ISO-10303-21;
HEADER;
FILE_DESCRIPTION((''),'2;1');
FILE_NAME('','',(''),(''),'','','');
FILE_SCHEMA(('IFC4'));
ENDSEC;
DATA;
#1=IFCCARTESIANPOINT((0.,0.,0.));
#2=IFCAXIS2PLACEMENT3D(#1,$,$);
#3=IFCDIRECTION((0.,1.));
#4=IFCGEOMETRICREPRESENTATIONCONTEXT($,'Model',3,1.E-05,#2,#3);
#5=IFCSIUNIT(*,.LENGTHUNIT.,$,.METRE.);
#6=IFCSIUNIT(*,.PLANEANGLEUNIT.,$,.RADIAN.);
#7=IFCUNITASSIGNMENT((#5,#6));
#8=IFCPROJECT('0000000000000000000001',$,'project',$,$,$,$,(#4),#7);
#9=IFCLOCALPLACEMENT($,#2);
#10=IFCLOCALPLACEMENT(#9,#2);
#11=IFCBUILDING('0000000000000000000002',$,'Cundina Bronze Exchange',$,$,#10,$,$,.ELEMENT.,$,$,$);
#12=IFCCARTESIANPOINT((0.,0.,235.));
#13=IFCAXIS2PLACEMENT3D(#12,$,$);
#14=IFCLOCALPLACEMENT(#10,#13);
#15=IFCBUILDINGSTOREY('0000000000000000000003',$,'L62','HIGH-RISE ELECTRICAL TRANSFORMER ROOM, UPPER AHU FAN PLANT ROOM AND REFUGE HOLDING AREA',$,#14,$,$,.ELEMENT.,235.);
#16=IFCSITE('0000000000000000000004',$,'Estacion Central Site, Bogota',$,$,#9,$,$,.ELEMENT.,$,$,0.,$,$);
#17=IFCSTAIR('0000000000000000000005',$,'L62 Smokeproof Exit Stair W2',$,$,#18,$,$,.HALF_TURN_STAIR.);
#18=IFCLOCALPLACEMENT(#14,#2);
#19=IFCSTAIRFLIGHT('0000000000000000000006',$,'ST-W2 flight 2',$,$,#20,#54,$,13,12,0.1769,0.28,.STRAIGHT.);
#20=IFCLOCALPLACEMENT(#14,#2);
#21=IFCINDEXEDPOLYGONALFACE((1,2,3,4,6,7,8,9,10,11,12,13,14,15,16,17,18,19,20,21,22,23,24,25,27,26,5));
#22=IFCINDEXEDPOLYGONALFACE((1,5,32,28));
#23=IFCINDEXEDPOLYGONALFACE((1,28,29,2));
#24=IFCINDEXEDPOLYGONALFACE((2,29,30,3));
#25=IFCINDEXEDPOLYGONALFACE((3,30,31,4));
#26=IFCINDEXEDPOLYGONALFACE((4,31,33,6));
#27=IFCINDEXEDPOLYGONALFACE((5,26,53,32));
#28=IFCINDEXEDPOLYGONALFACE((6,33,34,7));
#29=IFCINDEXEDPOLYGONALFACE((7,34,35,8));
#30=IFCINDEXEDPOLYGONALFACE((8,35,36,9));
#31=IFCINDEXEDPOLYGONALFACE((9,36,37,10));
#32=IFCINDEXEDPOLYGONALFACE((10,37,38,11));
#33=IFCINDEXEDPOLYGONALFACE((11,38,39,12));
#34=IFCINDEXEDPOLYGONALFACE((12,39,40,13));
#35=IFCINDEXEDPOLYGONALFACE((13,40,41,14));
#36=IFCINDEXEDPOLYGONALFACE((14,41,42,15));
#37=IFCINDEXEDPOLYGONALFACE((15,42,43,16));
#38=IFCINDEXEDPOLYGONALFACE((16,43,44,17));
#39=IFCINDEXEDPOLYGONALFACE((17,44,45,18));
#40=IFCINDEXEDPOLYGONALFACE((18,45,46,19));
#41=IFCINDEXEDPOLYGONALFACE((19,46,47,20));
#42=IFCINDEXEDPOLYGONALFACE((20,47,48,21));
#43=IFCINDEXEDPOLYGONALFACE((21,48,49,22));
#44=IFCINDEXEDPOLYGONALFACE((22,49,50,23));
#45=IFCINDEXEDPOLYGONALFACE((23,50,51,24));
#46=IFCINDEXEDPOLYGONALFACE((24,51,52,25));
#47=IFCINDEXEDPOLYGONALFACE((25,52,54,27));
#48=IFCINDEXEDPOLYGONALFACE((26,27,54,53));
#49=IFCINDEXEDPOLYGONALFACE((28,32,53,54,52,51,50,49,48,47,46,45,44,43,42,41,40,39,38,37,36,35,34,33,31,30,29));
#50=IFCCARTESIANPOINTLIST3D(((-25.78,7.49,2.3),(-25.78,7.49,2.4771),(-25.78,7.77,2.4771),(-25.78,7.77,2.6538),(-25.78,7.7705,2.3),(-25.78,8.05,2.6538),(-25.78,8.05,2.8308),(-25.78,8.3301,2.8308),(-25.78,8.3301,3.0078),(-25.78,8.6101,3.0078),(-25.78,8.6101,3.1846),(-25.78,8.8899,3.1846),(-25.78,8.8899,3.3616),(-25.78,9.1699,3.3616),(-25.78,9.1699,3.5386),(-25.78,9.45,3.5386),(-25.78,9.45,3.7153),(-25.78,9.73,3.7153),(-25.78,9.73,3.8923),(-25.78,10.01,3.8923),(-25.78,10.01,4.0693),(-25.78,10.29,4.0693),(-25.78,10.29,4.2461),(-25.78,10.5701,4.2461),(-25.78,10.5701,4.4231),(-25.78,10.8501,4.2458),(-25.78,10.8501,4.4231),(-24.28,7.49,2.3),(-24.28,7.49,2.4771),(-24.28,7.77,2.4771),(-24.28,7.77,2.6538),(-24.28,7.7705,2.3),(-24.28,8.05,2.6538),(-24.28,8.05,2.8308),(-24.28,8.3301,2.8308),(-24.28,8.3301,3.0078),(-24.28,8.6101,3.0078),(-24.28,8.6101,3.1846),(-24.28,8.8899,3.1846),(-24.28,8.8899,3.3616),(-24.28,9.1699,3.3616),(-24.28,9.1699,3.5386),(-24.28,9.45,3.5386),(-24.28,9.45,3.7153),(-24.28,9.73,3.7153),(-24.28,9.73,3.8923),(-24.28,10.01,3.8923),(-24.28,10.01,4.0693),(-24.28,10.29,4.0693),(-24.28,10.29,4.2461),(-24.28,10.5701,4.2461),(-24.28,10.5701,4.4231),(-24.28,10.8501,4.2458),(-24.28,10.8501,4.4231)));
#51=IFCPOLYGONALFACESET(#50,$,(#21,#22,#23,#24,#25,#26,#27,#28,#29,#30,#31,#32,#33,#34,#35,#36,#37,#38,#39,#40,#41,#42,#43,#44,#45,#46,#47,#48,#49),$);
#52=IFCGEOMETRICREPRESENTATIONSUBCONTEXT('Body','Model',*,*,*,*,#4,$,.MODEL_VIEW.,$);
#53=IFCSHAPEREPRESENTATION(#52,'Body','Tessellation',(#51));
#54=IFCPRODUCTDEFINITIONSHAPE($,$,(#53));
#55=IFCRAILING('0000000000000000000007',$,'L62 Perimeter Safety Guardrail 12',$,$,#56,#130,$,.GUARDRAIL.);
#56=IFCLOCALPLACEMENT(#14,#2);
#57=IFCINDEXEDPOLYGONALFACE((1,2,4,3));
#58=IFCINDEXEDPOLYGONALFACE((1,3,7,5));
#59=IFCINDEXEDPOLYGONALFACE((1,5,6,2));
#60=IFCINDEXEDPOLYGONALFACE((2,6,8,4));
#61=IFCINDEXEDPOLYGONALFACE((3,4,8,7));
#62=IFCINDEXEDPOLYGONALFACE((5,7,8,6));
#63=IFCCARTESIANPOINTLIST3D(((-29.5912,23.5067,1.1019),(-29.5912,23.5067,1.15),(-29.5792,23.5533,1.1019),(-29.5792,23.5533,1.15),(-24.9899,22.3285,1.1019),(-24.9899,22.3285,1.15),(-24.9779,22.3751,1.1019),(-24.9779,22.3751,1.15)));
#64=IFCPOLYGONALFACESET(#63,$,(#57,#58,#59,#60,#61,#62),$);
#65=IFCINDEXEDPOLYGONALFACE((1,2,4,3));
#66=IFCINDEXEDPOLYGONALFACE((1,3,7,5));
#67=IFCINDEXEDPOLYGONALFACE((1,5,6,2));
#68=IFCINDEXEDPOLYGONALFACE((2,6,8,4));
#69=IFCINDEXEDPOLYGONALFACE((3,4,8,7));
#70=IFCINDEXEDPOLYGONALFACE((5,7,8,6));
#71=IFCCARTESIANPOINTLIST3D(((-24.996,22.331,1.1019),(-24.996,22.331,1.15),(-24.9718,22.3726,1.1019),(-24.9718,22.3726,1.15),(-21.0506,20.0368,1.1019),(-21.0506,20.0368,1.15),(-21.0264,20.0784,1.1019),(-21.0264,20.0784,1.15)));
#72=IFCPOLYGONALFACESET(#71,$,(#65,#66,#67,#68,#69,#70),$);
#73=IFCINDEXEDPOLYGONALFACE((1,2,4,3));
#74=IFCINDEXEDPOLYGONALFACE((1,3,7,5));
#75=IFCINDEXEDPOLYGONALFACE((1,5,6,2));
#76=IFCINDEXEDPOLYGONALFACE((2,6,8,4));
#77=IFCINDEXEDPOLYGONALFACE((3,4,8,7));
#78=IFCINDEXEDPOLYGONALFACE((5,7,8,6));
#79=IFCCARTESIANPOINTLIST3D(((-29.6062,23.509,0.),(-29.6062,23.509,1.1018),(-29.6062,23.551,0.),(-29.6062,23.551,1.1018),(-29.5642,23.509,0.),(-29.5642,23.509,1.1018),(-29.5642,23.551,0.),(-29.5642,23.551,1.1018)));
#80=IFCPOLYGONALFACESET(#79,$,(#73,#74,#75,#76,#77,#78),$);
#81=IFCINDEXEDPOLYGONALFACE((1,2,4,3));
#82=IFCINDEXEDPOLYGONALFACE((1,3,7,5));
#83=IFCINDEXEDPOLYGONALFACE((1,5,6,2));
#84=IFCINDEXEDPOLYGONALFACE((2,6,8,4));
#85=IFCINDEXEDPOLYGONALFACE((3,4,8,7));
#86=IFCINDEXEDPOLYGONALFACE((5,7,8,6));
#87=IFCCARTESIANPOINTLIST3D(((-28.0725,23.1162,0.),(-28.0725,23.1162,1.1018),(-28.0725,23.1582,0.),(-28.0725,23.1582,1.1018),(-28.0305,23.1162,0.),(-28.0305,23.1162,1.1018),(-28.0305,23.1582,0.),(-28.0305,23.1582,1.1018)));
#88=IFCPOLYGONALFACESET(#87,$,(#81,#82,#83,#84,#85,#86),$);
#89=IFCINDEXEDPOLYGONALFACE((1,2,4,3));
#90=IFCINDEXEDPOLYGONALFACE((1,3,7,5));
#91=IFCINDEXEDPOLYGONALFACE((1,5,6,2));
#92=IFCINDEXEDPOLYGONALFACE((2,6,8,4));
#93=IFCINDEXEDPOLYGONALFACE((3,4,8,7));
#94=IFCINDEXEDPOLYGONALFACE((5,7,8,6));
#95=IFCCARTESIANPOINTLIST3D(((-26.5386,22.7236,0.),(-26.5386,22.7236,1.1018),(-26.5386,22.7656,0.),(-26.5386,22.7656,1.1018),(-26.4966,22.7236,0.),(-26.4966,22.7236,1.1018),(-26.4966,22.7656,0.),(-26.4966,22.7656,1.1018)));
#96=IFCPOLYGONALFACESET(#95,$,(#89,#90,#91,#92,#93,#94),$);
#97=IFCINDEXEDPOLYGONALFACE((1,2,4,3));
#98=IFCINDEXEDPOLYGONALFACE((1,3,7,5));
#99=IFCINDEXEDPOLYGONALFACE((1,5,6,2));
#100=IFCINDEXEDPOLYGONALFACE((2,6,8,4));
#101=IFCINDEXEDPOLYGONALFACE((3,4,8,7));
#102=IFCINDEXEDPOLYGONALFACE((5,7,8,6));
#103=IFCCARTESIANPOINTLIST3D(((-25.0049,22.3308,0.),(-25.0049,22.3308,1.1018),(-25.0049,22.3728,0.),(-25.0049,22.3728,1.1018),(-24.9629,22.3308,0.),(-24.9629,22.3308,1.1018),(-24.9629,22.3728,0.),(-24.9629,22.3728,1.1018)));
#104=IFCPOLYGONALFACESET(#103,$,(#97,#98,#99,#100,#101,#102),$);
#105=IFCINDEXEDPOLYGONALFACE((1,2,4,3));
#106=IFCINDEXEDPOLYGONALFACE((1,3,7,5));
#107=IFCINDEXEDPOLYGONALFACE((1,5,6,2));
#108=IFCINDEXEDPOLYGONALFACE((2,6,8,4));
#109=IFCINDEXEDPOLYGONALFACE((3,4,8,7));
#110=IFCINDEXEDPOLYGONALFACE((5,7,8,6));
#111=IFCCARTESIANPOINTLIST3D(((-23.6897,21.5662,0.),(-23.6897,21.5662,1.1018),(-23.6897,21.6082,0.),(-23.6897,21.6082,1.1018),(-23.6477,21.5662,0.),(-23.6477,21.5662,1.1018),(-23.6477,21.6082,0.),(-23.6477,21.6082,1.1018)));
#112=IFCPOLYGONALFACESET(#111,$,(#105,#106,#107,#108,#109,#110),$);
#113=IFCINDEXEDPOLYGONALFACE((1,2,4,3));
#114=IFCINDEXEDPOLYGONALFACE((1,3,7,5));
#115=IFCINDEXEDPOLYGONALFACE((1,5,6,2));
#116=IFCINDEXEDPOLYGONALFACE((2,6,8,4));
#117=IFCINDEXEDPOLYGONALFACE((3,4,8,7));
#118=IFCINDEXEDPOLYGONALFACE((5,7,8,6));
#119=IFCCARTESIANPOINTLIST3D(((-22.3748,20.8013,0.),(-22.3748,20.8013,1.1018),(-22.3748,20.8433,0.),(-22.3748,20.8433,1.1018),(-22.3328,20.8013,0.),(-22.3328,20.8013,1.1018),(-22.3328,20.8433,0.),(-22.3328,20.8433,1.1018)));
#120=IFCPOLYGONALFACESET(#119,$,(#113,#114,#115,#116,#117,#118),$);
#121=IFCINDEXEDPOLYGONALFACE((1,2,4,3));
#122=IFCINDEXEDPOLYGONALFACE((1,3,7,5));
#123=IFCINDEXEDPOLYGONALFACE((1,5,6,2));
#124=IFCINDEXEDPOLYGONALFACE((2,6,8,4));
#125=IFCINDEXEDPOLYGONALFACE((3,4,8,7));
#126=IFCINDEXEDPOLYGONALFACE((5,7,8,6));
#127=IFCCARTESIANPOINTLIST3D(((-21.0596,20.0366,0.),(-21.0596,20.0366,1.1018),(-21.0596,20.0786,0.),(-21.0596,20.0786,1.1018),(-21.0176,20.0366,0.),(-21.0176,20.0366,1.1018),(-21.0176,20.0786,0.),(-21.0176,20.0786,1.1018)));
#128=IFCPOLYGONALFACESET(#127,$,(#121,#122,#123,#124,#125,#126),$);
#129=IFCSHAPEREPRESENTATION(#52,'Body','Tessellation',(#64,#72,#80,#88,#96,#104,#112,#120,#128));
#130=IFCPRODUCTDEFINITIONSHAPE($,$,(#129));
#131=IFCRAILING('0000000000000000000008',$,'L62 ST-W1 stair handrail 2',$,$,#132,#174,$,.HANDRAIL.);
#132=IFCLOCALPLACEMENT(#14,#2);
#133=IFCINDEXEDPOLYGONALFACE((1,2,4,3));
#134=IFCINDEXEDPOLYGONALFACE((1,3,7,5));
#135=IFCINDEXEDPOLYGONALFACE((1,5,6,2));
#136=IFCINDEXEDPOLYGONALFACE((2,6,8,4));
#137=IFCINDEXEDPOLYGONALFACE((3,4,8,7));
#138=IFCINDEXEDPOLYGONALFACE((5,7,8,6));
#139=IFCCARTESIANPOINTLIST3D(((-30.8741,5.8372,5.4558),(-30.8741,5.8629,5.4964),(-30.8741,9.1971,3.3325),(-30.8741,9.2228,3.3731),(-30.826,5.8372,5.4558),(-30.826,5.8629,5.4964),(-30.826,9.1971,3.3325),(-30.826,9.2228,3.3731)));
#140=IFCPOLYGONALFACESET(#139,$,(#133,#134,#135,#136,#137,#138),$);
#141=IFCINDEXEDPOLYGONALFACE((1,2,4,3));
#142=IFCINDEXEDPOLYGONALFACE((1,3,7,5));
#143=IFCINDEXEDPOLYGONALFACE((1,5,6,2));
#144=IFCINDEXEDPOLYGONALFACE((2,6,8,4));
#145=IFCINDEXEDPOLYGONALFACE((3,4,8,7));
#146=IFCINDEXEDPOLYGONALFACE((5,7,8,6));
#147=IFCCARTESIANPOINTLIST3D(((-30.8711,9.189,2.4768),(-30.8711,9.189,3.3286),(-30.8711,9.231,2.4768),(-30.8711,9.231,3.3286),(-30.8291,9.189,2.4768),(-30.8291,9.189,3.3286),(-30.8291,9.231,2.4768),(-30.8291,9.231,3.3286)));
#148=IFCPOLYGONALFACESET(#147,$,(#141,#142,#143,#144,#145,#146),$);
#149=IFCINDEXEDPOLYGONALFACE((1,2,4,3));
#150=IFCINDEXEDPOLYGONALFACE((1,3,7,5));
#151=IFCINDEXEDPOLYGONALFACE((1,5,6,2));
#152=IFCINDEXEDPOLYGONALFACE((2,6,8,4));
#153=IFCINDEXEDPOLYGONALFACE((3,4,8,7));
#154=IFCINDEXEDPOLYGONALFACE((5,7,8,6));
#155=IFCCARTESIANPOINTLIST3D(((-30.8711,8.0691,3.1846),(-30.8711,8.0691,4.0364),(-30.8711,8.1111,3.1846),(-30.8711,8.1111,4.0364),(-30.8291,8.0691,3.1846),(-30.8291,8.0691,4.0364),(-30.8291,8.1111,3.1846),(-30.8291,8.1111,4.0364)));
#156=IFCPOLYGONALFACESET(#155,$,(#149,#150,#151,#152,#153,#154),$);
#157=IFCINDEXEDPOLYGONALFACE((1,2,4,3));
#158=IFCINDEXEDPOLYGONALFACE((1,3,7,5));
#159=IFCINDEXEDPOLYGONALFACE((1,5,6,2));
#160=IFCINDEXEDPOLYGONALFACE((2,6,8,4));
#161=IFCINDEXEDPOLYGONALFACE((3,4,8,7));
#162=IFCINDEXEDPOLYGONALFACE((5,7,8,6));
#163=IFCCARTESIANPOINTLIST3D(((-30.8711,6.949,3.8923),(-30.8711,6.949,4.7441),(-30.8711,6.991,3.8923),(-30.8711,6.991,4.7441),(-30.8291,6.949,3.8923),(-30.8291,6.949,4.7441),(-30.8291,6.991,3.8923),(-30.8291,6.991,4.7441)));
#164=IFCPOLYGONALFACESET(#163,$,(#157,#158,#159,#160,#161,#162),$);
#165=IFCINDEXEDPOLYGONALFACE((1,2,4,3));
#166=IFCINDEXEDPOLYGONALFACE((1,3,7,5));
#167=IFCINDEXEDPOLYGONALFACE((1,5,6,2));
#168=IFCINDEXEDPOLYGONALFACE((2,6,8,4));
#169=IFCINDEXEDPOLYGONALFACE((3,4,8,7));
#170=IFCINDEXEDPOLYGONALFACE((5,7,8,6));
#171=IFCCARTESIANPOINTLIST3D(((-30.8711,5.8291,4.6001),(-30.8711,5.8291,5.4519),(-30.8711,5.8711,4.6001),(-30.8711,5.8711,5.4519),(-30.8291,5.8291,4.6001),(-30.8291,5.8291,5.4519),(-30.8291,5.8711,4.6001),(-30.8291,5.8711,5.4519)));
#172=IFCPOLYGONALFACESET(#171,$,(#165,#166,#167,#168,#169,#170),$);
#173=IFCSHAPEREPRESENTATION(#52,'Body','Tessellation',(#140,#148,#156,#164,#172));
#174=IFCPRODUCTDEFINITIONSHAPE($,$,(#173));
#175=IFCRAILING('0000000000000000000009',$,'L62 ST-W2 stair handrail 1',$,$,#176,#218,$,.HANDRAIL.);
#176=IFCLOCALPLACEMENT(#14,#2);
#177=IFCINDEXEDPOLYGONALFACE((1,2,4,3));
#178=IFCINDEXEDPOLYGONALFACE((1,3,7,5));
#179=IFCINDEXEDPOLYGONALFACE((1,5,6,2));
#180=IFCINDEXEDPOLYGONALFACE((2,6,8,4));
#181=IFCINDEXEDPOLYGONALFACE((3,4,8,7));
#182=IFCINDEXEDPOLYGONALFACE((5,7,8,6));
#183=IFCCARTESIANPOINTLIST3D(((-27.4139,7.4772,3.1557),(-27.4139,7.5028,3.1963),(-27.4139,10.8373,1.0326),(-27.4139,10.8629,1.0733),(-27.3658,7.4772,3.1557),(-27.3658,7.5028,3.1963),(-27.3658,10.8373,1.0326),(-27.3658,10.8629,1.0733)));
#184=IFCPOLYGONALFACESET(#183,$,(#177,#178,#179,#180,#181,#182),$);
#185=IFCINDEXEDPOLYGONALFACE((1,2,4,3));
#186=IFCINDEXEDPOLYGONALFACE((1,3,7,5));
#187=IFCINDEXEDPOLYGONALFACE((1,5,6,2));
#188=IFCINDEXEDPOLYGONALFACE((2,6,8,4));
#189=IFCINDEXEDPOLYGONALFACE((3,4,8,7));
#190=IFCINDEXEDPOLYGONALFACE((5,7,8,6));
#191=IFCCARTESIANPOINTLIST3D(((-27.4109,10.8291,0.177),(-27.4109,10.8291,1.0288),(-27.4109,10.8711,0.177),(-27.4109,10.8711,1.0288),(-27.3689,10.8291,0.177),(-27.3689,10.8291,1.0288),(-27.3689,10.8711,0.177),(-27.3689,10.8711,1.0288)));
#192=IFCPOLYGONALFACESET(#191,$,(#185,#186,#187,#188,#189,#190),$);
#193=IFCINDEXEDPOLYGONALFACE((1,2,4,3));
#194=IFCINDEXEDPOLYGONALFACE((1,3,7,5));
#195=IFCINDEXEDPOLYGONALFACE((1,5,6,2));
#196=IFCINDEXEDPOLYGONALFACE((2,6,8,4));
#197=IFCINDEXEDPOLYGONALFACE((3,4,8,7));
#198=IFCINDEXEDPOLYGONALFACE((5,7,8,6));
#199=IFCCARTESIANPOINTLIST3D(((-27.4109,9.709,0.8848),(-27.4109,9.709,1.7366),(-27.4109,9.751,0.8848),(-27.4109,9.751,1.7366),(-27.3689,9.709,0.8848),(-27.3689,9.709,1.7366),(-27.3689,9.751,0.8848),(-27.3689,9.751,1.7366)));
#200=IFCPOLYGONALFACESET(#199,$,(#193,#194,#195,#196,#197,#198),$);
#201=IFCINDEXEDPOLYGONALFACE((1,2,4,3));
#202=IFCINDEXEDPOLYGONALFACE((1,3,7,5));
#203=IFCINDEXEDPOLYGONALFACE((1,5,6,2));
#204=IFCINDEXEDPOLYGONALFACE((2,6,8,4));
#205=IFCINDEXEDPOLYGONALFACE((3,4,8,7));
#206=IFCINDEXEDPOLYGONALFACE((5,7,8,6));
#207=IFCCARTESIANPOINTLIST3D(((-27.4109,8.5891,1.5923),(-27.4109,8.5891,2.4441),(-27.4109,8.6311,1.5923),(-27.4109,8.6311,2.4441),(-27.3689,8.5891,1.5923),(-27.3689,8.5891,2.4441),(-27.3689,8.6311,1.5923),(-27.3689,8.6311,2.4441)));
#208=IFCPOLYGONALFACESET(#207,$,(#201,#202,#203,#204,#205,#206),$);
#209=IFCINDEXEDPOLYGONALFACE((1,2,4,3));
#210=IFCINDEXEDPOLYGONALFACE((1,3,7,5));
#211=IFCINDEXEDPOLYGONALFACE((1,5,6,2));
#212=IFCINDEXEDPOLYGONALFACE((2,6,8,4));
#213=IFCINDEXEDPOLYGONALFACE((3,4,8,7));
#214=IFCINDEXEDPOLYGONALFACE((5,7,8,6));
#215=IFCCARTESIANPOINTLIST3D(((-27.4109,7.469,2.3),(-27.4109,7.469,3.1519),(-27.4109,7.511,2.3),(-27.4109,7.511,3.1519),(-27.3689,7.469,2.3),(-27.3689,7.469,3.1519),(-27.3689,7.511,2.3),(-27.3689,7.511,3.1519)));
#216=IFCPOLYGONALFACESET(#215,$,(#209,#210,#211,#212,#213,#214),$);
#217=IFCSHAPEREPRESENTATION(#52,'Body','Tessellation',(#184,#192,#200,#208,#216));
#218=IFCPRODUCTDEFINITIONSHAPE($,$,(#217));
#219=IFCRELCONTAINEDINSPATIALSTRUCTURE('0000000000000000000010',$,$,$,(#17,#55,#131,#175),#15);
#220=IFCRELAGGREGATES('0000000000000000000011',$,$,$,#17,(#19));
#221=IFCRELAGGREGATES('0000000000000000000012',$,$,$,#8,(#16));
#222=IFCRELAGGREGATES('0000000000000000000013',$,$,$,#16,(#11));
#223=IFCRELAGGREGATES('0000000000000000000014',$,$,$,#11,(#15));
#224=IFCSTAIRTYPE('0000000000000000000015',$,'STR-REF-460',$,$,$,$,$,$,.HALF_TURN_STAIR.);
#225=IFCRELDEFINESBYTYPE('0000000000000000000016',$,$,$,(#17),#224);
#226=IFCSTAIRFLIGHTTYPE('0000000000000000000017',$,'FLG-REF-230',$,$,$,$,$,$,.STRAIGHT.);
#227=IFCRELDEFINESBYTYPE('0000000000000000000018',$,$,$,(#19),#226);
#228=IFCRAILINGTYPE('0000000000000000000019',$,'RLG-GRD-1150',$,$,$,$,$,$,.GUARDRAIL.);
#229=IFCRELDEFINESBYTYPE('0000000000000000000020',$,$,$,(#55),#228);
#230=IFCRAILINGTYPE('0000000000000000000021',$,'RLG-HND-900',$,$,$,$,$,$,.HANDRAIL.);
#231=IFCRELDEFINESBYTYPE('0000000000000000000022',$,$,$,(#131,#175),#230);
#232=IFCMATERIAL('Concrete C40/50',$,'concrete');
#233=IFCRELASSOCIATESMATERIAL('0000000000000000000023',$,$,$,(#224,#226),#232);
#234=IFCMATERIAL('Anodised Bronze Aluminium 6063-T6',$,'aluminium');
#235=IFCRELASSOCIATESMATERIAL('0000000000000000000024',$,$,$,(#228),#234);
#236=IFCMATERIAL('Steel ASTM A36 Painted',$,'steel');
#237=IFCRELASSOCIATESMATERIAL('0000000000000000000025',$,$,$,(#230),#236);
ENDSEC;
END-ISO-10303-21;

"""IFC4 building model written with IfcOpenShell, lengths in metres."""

from ifc_helpers import new_model, si_unit, direction, frame, origin, origin_2d, place, context, subcontext, project, spatial, polyline, rectangle, outline, extrude, material, type_object, element, aggregate, save


model = new_model("IFC4")

# Units and contexts
model_context = context("Model", 3, precision=1e-05, world=origin(), true_north=direction((0.0, 1.0)))
body_context = subcontext(model_context, "Body", "Model", "MODEL_VIEW")
ifc_project = project(units=[si_unit("LENGTHUNIT", "METRE"), si_unit("PLANEANGLEUNIT", "RADIAN")], contexts=[model_context])

# Site, building, storey
site_placement = place(None, origin())
site = spatial("IfcSite", under=ifc_project, at=site_placement, Name="Estacion Central Site, Bogota", CompositionType="ELEMENT", RefElevation=0.0)
building_placement = place(site_placement, origin())
building = spatial("IfcBuilding", under=site, at=building_placement, Name="Cundina Bronze Exchange", CompositionType="ELEMENT")
storey_placement = place(building_placement, frame((0.0, 0.0, 235.0)))
storey = spatial("IfcBuildingStorey", under=building, at=storey_placement, Name="L62", Description="HIGH-RISE ELECTRICAL TRANSFORMER ROOM, UPPER AHU FAN PLANT ROOM AND REFUGE HOLDING AREA", CompositionType="ELEMENT", Elevation=235.0)

# Shared definitions
ifc_material_1 = material(Name="Steel ASTM A36 Painted", Category="steel")

# Shared definitions
ifc_material_2 = material(Name="Concrete C40/50", Category="concrete")
stair_type = type_object("IfcStairType", Name="STR-REF-460", PredefinedType="HALF_TURN_STAIR", material=ifc_material_2)
stair_flight_type = type_object("IfcStairFlightType", Name="FLG-REF-230", PredefinedType="STRAIGHT", material=ifc_material_2)

# Stair, stair flight
stair_1_placement = place(storey_placement, origin())
stair_1 = element("IfcStair", 1, at=stair_1_placement, inside=storey, type_object=stair_type, Name="L62 Smokeproof Exit Stair W2", PredefinedType="HALF_TURN_STAIR")
stair_flight_1_placement = place(storey_placement, frame((-25.03, 7.49, 2.3), z_axis=(0.0, 0.0, 1.0), x_axis=(0.0, 1.0, 0.0)))
stair_flight_1 = element("IfcStairFlight", 2, at=stair_flight_1_placement, type_object=stair_flight_type, Name="ST-W2 flight 2", NumberOfRisers=13, NumberOfTreads=12, PredefinedType="STRAIGHT", RiserHeight=0.1769, TreadLength=0.28, context=body_context, shape_type="SweptSolid", body=[
    extrude(outline(polyline([(0.0, 0.0), (0.0, 0.177), (0.28, 0.177), (0.28, 0.3538), (0.5601, 0.3538), (0.5601, 0.5308), (0.8401, 0.5308), (0.8401, 0.7078), (1.1201, 0.7078), (1.1201, 0.8845), (1.3999, 0.8845), (1.3999, 1.0615), (1.6799, 1.0615), (1.6799, 1.2385), (1.96, 1.2385), (1.96, 1.4153), (2.24, 1.4153), (2.24, 1.5923), (2.52, 1.5923), (2.52, 1.7693), (2.8, 1.7693), (2.8, 1.946), (3.0801, 1.946), (3.0801, 2.123), (3.3601, 2.123), (3.3601, 2.3), (3.3601, 1.9458), (0.2805, 0.0), (0.0, 0.0)])), frame((0.0, 0.75, 0.0), z_axis=(0.0, -1.0, 0.0), x_axis=(1.0, 0.0, 0.0)), (0.0, 0.0, 1.0), 1.5),
])
aggregate(stair_1, [stair_flight_1])

# Railings
ifc_material_3 = material(Name="Anodised Bronze Aluminium 6063-T6", Category="aluminium")
railing_type_1 = type_object("IfcRailingType", Name="RLG-GRD-1150", PredefinedType="GUARDRAIL", material=ifc_material_3)
railing_1_placement = place(storey_placement, frame((-29.5852, 23.53, 0.0)))
element("IfcRailing", 3, at=railing_1_placement, inside=storey, type_object=railing_type_1, Name="L62 Perimeter Safety Guardrail 12", PredefinedType="GUARDRAIL", context=body_context, shape_type="SweptSolid", body=[
    extrude(rectangle(XDim=0.0481, YDim=0.0481, at=origin_2d()), frame((0.0, 0.0, 1.126), z_axis=(0.968745, -0.248059, 0.0), x_axis=(0.248059, 0.968745, 0.0)), (0.0, 0.0, 1.0), 4.7498),
    extrude(rectangle(XDim=0.0481, YDim=0.0481, at=origin_2d()), frame((4.6013, -1.1782, 1.126), z_axis=(0.864469, -0.502686, 0.0), x_axis=(0.502686, 0.864469, 0.0)), (0.0, 0.0, 1.0), 4.564),
    extrude(rectangle(XDim=0.042, YDim=0.042, at=origin_2d()), origin(), (0.0, 0.0, 1.0), 1.1018),
    extrude(rectangle(XDim=0.042, YDim=0.042, at=origin_2d()), frame((1.5337, -0.3928, 0.0)), (0.0, 0.0, 1.0), 1.1018),
    extrude(rectangle(XDim=0.042, YDim=0.042, at=origin_2d()), frame((3.0676, -0.7854, 0.0)), (0.0, 0.0, 1.0), 1.1018),
    extrude(rectangle(XDim=0.042, YDim=0.042, at=origin_2d()), frame((4.6013, -1.1782, 0.0)), (0.0, 0.0, 1.0), 1.1018),
    extrude(rectangle(XDim=0.042, YDim=0.042, at=origin_2d()), frame((5.9165, -1.9429, 0.0)), (0.0, 0.0, 1.0), 1.1018),
    extrude(rectangle(XDim=0.042, YDim=0.042, at=origin_2d()), frame((7.2314, -2.7078, 0.0)), (0.0, 0.0, 1.0), 1.1018),
    extrude(rectangle(XDim=0.042, YDim=0.042, at=origin_2d()), frame((8.5466, -3.4724, 0.0)), (0.0, 0.0, 1.0), 1.1018),
])
railing_type_2 = type_object("IfcRailingType", Name="RLG-HND-900", PredefinedType="HANDRAIL", material=ifc_material_1)
railing_2_placement = place(storey_placement, frame((-30.8501, 9.21, 2.4768)))
element("IfcRailing", 4, at=railing_2_placement, inside=storey, type_object=railing_type_2, Name="L62 ST-W1 stair handrail 2", PredefinedType="HANDRAIL", context=body_context, shape_type="SweptSolid", body=[
    extrude(rectangle(XDim=0.0481, YDim=0.0481, at=origin_2d()), frame((0.0, 0.0, 0.876), z_axis=(0.0, -0.845344, 0.534222), x_axis=(1.0, 0.0, 0.0)), (0.0, 0.0, 1.0), 3.9746),
    extrude(rectangle(XDim=0.042, YDim=0.042, at=origin_2d()), origin(), (0.0, 0.0, 1.0), 0.8518),
    extrude(rectangle(XDim=0.042, YDim=0.042, at=origin_2d()), frame((0.0, -1.1199, 0.7078)), (0.0, 0.0, 1.0), 0.8518),
    extrude(rectangle(XDim=0.042, YDim=0.042, at=origin_2d()), frame((0.0, -2.24, 1.4155)), (0.0, 0.0, 1.0), 0.8518),
    extrude(rectangle(XDim=0.042, YDim=0.042, at=origin_2d()), frame((0.0, -3.3599, 2.1233)), (0.0, 0.0, 1.0), 0.8518),
])
railing_3_placement = place(storey_placement, frame((-27.3899, 10.8501, 0.177)))
element("IfcRailing", 5, at=railing_3_placement, inside=storey, type_object=railing_type_2, Name="L62 ST-W2 stair handrail 1", PredefinedType="HANDRAIL", context=body_context, shape_type="SweptSolid", body=[
    extrude(rectangle(XDim=0.0481, YDim=0.0481, at=origin_2d()), frame((0.0, 0.0, 0.876), z_axis=(0.0, -0.84539, 0.53415), x_axis=(1.0, 0.0, 0.0)), (0.0, 0.0, 1.0), 3.9746),
    extrude(rectangle(XDim=0.042, YDim=0.042, at=origin_2d()), origin(), (0.0, 0.0, 1.0), 0.8518),
    extrude(rectangle(XDim=0.042, YDim=0.042, at=origin_2d()), frame((0.0, -1.1201, 0.7078)), (0.0, 0.0, 1.0), 0.8518),
    extrude(rectangle(XDim=0.042, YDim=0.042, at=origin_2d()), frame((0.0, -2.24, 1.4153)), (0.0, 0.0, 1.0), 0.8518),
    extrude(rectangle(XDim=0.042, YDim=0.042, at=origin_2d()), frame((0.0, -3.3601, 2.123)), (0.0, 0.0, 1.0), 0.8518),
])

save(model, "model.ifc")
